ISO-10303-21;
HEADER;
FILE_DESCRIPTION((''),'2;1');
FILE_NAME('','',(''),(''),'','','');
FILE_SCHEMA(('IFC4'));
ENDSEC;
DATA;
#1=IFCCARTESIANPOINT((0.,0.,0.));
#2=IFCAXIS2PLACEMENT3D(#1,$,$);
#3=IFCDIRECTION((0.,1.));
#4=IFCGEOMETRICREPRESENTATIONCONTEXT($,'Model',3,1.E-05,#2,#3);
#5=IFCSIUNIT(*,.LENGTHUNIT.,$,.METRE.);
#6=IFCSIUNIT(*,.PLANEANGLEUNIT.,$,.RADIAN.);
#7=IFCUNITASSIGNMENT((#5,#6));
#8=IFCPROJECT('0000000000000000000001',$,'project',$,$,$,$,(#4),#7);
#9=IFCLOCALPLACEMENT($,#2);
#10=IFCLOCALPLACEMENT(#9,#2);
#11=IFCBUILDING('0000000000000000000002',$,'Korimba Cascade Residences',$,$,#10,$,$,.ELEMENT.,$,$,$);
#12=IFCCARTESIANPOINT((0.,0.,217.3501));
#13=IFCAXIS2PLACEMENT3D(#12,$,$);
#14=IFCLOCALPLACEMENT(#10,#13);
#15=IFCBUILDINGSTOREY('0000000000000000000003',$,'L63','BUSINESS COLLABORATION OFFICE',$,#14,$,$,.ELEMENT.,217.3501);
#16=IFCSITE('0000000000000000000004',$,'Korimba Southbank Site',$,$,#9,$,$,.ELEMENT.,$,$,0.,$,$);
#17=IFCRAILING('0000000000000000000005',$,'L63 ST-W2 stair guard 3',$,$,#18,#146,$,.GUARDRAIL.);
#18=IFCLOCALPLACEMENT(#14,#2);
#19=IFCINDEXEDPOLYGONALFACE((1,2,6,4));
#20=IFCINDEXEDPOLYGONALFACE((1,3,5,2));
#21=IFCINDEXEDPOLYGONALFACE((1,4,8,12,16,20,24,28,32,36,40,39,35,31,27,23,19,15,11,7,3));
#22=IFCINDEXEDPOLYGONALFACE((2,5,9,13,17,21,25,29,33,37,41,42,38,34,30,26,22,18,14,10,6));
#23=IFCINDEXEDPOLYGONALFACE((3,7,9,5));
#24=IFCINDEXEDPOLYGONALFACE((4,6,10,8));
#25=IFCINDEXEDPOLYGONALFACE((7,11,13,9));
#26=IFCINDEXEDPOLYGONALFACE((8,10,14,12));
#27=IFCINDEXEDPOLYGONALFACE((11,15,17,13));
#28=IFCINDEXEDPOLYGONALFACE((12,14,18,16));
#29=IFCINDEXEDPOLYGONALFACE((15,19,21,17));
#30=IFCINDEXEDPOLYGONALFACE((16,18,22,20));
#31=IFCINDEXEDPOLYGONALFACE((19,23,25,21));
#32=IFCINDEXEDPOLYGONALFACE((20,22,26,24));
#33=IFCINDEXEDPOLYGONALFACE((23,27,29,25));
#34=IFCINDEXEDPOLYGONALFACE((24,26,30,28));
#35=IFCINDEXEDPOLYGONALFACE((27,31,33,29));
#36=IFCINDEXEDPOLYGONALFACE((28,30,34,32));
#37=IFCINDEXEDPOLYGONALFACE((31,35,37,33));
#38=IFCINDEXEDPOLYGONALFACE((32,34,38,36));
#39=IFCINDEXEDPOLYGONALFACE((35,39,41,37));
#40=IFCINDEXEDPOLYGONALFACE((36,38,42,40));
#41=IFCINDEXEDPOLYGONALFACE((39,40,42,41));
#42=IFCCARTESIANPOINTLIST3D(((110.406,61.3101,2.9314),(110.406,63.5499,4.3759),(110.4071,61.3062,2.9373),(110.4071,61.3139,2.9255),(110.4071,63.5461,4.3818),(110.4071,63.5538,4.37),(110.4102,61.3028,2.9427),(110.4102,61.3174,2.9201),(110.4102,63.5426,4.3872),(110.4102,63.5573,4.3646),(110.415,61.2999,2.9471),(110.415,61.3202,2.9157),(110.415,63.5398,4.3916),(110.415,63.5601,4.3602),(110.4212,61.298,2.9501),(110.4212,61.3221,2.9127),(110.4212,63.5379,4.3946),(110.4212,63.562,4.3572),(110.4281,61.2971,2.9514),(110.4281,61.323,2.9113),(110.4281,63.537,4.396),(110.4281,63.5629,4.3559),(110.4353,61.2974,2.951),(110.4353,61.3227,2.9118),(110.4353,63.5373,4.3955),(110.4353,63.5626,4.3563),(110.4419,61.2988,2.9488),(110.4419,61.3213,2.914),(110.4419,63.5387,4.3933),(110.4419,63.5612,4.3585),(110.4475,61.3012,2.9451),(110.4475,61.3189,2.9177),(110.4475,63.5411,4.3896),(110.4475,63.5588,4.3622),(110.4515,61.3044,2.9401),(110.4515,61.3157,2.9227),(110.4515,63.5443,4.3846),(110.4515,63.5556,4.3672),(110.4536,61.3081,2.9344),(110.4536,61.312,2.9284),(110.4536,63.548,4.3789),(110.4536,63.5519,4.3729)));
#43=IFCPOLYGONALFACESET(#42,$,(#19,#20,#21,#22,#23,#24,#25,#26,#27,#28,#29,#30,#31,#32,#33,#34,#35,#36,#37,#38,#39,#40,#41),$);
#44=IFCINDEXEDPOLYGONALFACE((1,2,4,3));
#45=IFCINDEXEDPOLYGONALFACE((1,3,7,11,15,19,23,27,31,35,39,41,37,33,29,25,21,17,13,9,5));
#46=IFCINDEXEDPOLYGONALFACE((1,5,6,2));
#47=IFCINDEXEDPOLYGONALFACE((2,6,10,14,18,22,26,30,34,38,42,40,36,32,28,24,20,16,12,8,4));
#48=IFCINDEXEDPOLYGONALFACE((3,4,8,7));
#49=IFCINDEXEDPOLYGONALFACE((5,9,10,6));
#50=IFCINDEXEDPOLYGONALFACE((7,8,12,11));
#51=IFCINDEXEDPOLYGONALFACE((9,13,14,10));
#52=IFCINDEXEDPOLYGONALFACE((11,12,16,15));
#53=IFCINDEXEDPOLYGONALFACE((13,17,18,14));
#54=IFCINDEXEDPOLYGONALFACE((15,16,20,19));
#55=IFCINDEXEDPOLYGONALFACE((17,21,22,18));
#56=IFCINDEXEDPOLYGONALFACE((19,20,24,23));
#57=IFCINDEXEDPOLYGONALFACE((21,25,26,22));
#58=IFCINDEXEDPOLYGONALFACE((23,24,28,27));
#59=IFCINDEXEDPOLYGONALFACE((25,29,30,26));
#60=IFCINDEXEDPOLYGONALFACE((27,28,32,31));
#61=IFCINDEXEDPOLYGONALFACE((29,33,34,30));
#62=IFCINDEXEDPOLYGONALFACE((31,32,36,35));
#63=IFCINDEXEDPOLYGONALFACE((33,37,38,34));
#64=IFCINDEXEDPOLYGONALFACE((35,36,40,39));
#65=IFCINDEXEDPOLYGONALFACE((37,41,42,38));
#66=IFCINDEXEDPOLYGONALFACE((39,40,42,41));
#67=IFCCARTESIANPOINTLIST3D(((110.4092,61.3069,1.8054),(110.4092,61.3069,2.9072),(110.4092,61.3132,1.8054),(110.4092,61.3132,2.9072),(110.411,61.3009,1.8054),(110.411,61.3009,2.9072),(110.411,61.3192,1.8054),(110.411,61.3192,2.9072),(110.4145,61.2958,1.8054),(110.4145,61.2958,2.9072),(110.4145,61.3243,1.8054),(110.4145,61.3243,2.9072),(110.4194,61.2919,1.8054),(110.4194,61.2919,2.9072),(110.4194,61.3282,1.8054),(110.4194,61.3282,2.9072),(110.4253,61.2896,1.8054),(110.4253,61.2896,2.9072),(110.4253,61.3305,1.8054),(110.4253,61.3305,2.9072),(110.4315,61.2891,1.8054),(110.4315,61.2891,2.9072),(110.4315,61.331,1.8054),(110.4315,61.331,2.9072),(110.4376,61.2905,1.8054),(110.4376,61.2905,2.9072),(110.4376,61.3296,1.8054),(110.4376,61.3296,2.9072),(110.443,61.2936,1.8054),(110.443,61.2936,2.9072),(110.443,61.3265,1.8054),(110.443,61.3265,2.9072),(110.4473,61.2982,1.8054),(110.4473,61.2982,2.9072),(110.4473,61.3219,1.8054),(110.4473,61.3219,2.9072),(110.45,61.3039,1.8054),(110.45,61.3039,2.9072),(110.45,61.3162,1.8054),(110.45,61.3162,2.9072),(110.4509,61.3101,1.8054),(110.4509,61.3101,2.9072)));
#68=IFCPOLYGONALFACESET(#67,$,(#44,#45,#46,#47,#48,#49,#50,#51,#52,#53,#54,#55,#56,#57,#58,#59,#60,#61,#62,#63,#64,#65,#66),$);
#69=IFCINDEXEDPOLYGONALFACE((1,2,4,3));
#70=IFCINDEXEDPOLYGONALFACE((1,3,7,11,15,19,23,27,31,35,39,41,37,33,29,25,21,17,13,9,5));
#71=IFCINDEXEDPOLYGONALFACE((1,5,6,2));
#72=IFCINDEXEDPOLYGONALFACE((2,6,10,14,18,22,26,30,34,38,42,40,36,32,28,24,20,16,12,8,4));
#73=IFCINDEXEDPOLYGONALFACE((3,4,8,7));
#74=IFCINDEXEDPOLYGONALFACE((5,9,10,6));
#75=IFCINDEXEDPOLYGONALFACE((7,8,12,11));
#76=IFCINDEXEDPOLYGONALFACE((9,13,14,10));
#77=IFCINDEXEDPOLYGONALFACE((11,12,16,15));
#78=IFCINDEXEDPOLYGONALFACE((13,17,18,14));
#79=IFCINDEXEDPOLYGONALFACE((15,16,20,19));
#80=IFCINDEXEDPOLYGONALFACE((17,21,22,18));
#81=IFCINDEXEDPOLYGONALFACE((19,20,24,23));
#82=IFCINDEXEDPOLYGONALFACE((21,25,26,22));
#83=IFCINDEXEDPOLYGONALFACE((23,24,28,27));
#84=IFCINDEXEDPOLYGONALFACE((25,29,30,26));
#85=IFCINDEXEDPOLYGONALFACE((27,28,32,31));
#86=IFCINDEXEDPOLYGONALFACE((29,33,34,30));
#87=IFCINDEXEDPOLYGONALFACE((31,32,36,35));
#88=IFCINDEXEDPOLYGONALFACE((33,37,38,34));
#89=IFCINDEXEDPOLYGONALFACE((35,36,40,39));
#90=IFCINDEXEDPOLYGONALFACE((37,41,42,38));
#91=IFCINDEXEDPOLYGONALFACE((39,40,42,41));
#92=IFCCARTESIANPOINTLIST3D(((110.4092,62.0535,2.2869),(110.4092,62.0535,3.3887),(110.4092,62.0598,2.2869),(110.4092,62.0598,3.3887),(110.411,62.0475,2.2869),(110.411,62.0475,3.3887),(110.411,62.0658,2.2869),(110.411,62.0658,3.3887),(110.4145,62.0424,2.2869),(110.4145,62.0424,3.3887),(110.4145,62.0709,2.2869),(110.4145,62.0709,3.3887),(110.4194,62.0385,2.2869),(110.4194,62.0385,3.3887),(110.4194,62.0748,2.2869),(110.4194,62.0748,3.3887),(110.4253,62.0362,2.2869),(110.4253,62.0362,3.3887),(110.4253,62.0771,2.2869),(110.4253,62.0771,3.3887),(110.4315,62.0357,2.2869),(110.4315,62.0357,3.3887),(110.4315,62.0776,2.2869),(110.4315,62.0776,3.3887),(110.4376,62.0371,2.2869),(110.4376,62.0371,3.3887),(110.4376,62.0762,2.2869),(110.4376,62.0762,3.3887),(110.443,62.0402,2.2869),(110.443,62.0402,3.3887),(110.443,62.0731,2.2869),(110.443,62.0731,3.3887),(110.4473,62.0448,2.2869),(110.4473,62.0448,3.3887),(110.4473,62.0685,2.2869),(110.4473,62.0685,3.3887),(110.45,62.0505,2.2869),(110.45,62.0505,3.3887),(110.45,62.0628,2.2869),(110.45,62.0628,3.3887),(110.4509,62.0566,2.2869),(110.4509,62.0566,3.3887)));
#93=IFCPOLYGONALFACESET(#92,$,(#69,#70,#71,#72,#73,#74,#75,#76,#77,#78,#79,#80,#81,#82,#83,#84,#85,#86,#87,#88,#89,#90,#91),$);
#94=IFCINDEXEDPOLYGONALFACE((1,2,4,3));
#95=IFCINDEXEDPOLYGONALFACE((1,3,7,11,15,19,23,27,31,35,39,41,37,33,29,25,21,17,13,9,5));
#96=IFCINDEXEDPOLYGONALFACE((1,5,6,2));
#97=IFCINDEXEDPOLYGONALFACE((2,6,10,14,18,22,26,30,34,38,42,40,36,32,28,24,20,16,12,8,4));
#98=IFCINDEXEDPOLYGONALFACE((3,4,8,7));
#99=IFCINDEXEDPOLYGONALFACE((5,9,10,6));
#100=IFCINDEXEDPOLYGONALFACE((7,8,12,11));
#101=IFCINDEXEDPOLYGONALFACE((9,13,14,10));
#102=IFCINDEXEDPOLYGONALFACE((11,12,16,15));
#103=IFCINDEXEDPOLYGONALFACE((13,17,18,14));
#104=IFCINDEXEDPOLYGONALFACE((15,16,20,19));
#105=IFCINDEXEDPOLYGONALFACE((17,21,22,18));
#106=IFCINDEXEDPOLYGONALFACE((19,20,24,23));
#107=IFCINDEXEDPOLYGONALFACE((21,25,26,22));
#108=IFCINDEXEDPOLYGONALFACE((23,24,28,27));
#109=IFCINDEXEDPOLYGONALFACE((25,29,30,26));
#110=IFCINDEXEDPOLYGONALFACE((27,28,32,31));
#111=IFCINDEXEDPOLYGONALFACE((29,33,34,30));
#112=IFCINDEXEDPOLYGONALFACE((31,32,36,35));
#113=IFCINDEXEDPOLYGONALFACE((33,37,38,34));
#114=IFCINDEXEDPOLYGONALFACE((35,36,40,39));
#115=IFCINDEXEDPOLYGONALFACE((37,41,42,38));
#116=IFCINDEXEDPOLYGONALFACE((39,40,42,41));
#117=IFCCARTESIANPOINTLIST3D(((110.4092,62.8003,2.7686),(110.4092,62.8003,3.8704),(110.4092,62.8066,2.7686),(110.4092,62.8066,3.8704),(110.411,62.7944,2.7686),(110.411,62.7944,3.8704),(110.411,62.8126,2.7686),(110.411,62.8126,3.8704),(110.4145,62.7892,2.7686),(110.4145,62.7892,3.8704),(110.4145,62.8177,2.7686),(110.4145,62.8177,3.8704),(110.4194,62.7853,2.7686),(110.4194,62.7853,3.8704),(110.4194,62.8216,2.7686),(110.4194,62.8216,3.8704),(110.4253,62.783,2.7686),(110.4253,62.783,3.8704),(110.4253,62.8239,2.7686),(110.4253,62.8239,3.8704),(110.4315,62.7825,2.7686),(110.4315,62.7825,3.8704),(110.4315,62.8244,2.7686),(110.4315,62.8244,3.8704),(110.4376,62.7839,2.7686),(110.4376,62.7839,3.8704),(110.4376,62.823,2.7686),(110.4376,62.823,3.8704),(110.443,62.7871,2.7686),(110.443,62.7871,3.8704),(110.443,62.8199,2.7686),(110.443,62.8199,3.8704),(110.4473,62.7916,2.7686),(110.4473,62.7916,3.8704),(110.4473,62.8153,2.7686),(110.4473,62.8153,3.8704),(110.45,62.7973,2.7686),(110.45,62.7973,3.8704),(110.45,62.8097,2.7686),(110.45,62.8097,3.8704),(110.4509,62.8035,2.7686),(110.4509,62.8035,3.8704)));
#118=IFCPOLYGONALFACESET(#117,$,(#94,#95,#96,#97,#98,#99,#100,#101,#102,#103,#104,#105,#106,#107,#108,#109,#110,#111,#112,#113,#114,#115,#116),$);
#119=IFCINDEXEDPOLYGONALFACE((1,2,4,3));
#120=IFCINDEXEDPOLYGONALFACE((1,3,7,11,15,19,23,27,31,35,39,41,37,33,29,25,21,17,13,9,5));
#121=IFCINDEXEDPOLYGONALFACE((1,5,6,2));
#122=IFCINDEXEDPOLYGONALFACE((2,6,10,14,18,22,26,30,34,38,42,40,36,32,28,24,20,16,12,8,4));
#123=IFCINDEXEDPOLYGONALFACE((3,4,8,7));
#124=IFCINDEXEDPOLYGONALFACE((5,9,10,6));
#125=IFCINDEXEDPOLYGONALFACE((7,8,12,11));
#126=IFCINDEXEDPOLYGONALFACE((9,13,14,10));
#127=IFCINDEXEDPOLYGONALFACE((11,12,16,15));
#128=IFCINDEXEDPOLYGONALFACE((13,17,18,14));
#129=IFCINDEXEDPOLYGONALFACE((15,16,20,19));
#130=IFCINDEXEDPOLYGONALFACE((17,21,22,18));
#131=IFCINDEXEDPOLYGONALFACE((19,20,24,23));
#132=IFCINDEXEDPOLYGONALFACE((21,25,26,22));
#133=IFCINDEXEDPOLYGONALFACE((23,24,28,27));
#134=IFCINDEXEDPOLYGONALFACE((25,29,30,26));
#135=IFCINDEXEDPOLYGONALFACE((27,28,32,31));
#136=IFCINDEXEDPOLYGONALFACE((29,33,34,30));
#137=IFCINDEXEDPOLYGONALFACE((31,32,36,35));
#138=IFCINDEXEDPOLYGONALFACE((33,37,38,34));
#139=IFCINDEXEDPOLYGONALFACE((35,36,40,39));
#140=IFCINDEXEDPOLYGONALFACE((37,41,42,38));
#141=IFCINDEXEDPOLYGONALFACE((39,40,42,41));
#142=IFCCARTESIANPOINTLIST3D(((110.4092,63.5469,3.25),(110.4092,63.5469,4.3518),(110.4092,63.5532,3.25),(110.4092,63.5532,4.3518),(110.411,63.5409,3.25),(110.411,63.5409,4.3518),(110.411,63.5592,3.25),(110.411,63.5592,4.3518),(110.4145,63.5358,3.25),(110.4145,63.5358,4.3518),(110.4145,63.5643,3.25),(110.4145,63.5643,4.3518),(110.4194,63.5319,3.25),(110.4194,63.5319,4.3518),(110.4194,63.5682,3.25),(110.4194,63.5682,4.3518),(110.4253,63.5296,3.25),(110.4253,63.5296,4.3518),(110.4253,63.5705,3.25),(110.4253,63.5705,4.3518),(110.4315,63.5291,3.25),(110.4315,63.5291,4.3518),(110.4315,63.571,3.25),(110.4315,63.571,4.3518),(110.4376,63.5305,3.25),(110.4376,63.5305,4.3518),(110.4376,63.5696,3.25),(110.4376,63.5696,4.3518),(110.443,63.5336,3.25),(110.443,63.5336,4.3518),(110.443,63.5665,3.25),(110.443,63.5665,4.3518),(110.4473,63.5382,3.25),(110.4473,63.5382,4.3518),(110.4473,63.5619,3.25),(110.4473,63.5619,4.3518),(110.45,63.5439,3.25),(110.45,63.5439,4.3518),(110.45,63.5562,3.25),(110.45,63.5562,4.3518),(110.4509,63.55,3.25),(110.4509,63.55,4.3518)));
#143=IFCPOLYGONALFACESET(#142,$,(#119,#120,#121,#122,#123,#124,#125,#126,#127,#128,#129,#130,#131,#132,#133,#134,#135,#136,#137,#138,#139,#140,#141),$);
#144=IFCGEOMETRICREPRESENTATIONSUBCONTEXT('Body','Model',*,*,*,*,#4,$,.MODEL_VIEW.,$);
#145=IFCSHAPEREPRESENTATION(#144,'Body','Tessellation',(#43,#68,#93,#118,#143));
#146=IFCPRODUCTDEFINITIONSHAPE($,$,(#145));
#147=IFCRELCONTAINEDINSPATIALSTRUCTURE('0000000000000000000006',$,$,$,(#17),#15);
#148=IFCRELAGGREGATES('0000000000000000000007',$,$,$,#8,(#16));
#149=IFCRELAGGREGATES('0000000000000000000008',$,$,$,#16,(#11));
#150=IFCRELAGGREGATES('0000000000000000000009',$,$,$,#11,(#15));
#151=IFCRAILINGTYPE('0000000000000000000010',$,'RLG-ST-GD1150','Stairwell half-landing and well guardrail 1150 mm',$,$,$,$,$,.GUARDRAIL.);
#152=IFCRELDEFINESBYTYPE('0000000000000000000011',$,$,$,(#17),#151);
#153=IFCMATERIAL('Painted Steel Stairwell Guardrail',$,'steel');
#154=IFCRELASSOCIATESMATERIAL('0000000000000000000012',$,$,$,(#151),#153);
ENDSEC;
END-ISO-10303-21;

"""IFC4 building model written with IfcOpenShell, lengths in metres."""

from ifc_helpers import new_model, si_unit, direction, frame, origin, origin_2d, place, context, subcontext, project, spatial, circle, extrude, material, type_object, element, save


model = new_model("IFC4")

# Units and contexts
model_context = context("Model", 3, precision=1e-05, world=origin(), true_north=direction((0.0, 1.0)))
body_context = subcontext(model_context, "Body", "Model", "MODEL_VIEW")
ifc_project = project(units=[si_unit("LENGTHUNIT", "METRE"), si_unit("PLANEANGLEUNIT", "RADIAN")], contexts=[model_context])

# Site, building, storey
site_placement = place(None, origin())
site = spatial("IfcSite", under=ifc_project, at=site_placement, Name="Korimba Southbank Site", CompositionType="ELEMENT", RefElevation=0.0)
building_placement = place(site_placement, origin())
building = spatial("IfcBuilding", under=site, at=building_placement, Name="Korimba Cascade Residences", CompositionType="ELEMENT")
storey_placement = place(building_placement, frame((0.0, 0.0, 217.3501)))
storey = spatial("IfcBuildingStorey", under=building, at=storey_placement, Name="L63", Description="BUSINESS COLLABORATION OFFICE", CompositionType="ELEMENT", Elevation=217.3501)

# Railing
ifc_material_1 = material(Name="Painted Steel Stairwell Guardrail", Category="steel")
railing_type_1 = type_object("IfcRailingType", Name="RLG-ST-GD1150", Description="Stairwell half-landing and well guardrail 1150 mm", PredefinedType="GUARDRAIL", material=ifc_material_1)
railing_1_placement = place(storey_placement, frame((110.4299, 61.3101, 1.8054)))
element("IfcRailing", 1, at=railing_1_placement, inside=storey, type_object=railing_type_1, Name="L63 ST-W2 stair guard 3", PredefinedType="GUARDRAIL", context=body_context, shape_type="SweptSolid", body=[
    extrude(circle(Radius=0.0239, at=origin_2d()), frame((0.0, 0.0, 1.126), z_axis=(0.0, 0.840395, 0.541975), x_axis=(-1.0, 0.0, 0.0)), (0.0, 0.0, 1.0), 2.6653),
    extrude(circle(Radius=0.021, at=origin_2d()), origin(), (0.0, 0.0, 1.0), 1.1018),
    extrude(circle(Radius=0.021, at=origin_2d()), frame((0.0, 0.7466, 0.4814)), (0.0, 0.0, 1.0), 1.1018),
    extrude(circle(Radius=0.021, at=origin_2d()), frame((0.0, 1.4934, 0.9631)), (0.0, 0.0, 1.0), 1.1018),
    extrude(circle(Radius=0.021, at=origin_2d()), frame((0.0, 2.24, 1.4446)), (0.0, 0.0, 1.0), 1.1018),
])

save(model, "model.ifc")
